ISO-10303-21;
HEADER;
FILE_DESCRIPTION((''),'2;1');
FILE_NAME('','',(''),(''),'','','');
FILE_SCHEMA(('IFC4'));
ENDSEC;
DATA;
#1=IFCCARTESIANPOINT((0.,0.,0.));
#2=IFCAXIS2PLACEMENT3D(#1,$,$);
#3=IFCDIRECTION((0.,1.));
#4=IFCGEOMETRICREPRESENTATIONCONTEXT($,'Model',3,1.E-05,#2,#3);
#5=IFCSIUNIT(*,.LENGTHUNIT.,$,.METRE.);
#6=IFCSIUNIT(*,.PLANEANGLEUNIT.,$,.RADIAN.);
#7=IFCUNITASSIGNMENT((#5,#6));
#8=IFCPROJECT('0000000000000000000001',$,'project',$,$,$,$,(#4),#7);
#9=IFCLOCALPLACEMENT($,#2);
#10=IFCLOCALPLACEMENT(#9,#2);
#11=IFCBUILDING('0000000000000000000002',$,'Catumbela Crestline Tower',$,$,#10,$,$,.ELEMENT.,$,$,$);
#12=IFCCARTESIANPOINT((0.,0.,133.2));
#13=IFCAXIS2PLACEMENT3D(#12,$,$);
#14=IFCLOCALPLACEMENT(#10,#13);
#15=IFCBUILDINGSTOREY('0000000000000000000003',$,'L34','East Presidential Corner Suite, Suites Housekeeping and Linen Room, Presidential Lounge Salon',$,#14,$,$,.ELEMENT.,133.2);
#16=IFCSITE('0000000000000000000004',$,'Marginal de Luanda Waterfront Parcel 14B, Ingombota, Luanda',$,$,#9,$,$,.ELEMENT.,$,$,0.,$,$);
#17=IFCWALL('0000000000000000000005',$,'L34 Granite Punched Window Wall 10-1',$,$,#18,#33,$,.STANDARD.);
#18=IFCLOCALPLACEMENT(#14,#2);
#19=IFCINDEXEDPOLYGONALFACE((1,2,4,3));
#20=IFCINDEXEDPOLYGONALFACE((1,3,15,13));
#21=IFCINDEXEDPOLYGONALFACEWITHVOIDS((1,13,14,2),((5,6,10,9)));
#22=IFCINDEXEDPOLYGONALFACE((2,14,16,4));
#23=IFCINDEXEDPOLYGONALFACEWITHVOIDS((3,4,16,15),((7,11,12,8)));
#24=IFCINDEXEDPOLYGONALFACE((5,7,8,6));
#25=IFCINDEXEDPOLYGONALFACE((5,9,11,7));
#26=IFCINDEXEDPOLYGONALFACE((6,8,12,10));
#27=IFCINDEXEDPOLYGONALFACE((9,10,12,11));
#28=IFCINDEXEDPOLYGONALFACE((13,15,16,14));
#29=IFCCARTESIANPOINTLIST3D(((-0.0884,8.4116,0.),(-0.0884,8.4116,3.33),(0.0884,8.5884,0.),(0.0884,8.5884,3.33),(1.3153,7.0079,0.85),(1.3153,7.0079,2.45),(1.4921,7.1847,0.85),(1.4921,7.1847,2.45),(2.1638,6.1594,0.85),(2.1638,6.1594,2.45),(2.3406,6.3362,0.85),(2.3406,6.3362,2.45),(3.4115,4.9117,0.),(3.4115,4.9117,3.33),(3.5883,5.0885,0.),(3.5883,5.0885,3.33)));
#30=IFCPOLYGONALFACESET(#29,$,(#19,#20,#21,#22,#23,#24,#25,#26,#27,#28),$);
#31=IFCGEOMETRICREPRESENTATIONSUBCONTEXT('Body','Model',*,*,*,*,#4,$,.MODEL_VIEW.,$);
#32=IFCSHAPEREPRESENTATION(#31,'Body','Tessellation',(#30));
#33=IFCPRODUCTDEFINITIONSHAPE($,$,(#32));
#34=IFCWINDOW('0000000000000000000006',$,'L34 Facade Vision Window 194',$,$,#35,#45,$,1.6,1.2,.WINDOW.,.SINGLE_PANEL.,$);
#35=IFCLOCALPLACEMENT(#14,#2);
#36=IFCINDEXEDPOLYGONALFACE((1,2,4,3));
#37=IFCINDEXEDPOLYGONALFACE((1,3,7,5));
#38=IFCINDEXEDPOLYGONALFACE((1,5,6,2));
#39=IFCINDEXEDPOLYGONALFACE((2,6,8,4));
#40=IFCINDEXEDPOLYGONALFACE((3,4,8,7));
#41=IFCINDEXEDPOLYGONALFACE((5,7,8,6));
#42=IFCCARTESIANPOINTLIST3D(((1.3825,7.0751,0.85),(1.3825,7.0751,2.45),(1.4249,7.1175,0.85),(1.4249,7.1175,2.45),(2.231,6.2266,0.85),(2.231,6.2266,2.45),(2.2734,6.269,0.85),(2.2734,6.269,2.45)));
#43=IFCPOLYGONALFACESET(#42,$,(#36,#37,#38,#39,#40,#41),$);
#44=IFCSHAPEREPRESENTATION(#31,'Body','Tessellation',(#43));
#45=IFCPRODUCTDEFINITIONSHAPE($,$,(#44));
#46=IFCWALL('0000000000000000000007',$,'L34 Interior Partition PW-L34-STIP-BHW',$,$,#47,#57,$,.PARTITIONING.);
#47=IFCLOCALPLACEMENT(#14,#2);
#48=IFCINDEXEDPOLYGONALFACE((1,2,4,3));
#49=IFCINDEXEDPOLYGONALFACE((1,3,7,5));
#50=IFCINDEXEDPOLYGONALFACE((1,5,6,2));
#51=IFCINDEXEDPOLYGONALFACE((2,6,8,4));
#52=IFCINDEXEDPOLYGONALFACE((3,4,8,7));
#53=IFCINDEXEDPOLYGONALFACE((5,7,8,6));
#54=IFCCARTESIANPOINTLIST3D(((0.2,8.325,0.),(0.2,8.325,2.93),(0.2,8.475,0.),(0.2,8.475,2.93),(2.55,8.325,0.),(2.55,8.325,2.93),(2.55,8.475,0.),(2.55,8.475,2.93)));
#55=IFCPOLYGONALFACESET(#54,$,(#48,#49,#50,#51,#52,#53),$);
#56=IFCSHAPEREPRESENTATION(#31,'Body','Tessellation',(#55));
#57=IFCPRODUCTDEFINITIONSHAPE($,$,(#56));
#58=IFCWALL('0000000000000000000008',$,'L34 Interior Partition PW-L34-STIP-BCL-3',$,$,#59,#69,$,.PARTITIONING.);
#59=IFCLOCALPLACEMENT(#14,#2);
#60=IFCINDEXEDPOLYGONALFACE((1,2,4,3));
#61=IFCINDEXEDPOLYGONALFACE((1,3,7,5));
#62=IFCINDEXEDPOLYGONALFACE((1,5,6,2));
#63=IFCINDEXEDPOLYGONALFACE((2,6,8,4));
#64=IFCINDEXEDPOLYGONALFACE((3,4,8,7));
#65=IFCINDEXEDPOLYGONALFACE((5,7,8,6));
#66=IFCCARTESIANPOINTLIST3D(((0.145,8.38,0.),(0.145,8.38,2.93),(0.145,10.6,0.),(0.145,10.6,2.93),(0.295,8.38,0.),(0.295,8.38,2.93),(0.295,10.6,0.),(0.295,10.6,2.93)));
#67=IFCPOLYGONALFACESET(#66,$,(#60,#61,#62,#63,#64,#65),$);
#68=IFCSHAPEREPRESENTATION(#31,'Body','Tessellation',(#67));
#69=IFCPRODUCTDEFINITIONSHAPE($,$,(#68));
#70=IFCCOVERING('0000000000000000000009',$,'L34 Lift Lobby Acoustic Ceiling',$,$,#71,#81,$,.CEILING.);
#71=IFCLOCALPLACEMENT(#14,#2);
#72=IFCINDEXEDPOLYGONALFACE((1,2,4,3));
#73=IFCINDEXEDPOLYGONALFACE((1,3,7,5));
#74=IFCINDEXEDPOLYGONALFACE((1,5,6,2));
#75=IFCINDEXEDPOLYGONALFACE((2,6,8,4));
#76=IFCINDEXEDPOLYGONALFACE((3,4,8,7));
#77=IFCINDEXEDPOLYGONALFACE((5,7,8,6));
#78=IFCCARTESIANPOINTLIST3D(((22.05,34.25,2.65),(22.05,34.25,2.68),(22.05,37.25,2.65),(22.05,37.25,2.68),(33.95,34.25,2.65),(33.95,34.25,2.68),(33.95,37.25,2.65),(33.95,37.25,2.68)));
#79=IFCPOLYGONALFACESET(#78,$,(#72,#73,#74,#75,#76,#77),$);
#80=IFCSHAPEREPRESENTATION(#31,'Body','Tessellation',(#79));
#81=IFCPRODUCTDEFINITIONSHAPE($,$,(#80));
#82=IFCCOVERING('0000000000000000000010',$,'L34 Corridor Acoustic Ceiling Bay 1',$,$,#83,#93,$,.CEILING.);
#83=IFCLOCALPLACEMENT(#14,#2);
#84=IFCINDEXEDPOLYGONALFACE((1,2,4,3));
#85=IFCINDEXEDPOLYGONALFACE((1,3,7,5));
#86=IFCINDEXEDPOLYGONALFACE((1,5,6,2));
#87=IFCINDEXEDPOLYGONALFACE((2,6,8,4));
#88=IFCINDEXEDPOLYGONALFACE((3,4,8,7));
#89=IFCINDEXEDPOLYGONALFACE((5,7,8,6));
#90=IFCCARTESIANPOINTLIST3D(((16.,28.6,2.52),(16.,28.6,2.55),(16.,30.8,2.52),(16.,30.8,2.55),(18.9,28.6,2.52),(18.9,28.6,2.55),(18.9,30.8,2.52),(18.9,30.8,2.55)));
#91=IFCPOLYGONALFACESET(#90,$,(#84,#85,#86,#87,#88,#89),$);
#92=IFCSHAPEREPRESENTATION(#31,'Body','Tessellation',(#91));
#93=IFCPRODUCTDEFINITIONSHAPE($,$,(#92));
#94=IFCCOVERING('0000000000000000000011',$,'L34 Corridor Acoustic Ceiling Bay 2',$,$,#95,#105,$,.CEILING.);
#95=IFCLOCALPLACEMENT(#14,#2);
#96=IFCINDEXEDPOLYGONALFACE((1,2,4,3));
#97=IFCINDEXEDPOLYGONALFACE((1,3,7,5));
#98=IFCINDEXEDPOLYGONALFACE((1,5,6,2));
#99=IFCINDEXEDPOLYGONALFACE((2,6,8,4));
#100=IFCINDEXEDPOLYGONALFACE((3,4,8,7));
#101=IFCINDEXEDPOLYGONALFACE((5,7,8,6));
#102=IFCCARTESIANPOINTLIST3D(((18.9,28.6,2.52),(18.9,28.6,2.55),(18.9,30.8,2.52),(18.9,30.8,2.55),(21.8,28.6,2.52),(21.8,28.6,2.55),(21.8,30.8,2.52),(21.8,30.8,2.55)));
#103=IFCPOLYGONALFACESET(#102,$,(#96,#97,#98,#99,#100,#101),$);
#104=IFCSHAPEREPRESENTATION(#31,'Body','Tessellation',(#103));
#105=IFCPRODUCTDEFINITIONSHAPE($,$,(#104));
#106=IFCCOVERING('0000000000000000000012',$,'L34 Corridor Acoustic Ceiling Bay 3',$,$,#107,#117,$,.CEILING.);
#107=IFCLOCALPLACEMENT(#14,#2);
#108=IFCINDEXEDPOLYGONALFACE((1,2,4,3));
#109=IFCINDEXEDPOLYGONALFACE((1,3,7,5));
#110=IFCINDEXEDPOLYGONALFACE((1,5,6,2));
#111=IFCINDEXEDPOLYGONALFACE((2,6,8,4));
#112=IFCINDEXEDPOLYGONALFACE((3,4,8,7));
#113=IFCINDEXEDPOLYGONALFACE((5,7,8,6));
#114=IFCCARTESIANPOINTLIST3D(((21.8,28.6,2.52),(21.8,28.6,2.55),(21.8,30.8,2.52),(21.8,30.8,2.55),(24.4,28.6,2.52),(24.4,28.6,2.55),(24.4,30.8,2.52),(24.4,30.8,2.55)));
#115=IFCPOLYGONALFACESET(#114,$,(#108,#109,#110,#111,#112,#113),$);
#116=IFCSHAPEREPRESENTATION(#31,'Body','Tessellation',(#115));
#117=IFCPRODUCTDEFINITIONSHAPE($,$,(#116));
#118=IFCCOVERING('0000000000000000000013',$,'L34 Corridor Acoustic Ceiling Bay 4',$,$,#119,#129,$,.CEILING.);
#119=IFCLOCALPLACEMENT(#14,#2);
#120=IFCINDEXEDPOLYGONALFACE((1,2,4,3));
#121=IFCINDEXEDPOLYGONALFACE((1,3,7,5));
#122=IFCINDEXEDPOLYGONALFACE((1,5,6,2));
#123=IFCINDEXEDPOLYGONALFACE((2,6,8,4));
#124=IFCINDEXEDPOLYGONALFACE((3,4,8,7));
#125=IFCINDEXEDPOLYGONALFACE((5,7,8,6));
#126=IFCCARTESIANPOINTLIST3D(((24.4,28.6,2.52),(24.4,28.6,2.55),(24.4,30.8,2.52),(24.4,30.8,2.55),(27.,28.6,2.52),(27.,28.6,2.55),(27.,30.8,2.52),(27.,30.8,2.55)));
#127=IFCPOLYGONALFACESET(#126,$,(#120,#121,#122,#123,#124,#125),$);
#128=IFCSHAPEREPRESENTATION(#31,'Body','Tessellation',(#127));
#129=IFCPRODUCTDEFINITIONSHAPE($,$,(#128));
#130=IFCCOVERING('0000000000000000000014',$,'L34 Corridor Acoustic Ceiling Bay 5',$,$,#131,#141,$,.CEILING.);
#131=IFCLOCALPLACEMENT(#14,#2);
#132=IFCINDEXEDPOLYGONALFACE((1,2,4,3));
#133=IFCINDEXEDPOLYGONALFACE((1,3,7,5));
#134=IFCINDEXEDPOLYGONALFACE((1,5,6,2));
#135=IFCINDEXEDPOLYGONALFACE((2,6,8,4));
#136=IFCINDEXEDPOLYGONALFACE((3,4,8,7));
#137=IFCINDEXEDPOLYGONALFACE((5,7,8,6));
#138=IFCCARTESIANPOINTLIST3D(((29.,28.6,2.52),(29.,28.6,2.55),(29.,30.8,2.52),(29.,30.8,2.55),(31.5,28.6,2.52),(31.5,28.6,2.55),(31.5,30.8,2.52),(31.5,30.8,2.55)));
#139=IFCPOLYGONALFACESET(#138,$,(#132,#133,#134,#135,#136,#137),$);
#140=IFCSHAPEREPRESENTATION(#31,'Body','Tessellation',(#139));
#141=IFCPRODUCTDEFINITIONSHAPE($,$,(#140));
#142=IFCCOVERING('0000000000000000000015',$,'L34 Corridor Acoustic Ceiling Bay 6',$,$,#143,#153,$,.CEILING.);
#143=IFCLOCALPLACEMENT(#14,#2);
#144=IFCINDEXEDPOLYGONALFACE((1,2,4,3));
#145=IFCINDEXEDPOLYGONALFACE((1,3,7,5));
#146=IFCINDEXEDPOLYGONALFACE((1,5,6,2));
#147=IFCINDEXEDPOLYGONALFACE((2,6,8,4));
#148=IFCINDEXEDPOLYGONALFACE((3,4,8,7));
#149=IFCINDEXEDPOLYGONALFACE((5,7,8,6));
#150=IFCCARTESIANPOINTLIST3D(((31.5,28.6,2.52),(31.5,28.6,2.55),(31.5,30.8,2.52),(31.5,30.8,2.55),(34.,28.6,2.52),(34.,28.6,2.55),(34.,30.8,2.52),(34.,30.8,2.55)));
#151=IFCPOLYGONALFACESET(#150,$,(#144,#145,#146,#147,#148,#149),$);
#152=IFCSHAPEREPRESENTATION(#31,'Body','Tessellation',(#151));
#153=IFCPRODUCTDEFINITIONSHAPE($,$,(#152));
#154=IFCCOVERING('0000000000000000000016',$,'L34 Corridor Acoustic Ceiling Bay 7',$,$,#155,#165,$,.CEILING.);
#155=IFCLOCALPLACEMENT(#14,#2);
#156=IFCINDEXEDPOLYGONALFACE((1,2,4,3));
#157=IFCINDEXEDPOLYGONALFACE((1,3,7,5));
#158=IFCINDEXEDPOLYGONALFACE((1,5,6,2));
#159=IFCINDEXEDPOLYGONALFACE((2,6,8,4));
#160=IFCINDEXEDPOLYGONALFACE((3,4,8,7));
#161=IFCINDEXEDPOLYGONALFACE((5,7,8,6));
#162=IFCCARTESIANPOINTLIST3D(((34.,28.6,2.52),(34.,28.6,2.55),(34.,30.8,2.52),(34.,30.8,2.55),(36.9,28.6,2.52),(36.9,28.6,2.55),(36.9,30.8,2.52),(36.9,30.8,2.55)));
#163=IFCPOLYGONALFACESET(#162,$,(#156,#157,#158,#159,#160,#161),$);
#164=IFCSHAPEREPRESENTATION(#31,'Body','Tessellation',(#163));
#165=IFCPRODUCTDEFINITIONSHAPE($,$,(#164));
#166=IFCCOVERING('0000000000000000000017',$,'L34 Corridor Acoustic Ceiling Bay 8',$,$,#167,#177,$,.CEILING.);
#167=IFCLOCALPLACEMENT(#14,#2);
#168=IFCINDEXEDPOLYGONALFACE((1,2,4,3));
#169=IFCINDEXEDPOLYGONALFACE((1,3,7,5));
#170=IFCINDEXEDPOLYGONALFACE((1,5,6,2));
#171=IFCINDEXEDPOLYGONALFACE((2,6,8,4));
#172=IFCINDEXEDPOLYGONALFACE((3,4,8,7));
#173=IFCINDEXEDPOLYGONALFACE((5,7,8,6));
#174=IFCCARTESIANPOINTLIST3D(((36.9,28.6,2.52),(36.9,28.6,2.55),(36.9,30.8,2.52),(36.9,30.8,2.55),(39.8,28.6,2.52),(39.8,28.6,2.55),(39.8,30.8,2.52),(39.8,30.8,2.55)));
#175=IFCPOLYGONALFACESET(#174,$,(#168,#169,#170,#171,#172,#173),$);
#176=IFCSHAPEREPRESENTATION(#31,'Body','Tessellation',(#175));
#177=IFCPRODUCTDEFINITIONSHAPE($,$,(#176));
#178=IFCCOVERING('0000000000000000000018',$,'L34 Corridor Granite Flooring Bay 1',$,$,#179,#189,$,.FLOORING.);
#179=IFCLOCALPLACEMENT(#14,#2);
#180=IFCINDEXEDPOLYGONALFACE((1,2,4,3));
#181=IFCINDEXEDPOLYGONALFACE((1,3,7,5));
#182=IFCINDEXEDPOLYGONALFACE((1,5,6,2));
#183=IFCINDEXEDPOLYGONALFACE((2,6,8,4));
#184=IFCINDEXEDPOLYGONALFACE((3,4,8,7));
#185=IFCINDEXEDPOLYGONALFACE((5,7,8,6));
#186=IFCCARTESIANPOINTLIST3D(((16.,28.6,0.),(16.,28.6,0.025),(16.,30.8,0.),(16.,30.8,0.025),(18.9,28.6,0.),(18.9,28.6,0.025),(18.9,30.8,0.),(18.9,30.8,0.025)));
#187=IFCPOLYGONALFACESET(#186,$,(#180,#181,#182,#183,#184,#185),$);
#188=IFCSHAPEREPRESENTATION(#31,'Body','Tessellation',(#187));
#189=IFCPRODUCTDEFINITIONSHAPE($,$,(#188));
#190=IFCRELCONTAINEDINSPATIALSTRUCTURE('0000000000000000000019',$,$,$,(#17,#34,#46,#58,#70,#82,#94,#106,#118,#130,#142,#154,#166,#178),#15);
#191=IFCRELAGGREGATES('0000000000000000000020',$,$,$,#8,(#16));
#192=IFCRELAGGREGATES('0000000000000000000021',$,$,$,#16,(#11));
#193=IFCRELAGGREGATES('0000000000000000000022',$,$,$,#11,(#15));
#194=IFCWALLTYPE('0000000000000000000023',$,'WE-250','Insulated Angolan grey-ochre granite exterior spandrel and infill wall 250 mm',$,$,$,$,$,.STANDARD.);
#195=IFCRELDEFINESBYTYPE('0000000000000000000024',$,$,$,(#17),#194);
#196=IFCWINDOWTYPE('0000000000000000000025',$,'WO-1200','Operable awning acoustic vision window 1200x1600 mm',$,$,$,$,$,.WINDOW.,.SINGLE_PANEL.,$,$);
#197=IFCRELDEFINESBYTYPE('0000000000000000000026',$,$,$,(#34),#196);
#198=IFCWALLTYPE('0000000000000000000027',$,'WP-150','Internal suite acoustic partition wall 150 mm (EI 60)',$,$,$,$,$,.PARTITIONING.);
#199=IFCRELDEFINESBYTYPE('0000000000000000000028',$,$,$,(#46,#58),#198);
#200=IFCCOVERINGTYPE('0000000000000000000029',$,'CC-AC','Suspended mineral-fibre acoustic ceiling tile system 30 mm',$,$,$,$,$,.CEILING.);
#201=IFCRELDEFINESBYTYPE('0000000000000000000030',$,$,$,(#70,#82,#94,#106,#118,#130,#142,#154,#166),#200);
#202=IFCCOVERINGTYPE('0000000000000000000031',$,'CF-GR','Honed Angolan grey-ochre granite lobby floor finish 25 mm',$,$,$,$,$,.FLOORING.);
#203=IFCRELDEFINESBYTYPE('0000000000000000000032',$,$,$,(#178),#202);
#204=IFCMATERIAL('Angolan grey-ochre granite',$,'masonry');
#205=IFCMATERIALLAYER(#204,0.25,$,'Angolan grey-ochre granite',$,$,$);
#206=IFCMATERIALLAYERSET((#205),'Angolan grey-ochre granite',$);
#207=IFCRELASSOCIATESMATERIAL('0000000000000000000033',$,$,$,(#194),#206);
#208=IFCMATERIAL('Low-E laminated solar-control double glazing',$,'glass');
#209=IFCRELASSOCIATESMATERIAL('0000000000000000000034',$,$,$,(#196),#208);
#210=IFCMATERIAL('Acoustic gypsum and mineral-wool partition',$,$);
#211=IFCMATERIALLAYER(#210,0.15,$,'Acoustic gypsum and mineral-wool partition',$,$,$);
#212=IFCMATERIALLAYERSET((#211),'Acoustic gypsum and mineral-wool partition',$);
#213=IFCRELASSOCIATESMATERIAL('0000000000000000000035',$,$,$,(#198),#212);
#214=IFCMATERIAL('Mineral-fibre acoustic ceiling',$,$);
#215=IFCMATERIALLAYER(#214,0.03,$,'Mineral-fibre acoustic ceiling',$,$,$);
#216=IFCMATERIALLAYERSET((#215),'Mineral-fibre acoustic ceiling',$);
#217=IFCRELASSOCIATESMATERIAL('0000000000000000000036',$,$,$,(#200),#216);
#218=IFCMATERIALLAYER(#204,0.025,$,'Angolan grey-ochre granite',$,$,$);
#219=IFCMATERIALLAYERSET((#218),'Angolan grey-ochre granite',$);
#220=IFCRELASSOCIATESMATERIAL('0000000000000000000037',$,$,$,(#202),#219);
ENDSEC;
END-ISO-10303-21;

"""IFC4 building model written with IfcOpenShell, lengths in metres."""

from ifc_helpers import new_model, si_unit, direction, frame, frame_2d, origin, place, context, subcontext, project, spatial, polyline, rectangle, outline, extrude, material, layer, layer_set, type_object, element, fill, save


model = new_model("IFC4")

# Units and contexts
model_context = context("Model", 3, precision=1e-05, world=origin(), true_north=direction((0.0, 1.0)))
body_context = subcontext(model_context, "Body", "Model", "MODEL_VIEW")
ifc_project = project(units=[si_unit("LENGTHUNIT", "METRE"), si_unit("PLANEANGLEUNIT", "RADIAN")], contexts=[model_context])

# Site, building, storey
site_placement = place(None, origin())
site = spatial("IfcSite", under=ifc_project, at=site_placement, Name="Marginal de Luanda Waterfront Parcel 14B, Ingombota, Luanda", CompositionType="ELEMENT", RefElevation=0.0)
building_placement = place(site_placement, origin())
building = spatial("IfcBuilding", under=site, at=building_placement, Name="Catumbela Crestline Tower", CompositionType="ELEMENT")
storey_placement = place(building_placement, frame((0.0, 0.0, 133.2)))
storey = spatial("IfcBuildingStorey", under=building, at=storey_placement, Name="L34", Description="East Presidential Corner Suite, Suites Housekeeping and Linen Room, Presidential Lounge Salon", CompositionType="ELEMENT", Elevation=133.2)

# Wall, opening, window
ifc_material_1 = material(Name="Angolan grey-ochre granite", Category="masonry")
ifc_layer_1 = layer(ifc_material_1, 0.25, Name="Angolan grey-ochre granite")
ifc_layer_set_1 = layer_set([ifc_layer_1], Name="Angolan grey-ochre granite")
wall_type_1 = type_object("IfcWallType", Name="WE-250", Description="Insulated Angolan grey-ochre granite exterior spandrel and infill wall 250 mm", PredefinedType="STANDARD", material=ifc_layer_set_1)
wall_1_placement = place(storey_placement, frame((0.0, 8.5, 0.0), z_axis=(0.0, 0.0, 1.0), x_axis=(0.707107, -0.707107, 0.0)))
wall_1 = element("IfcWall", 1, at=wall_1_placement, inside=storey, type_object=wall_type_1, Name="L34 Granite Punched Window Wall 10-1", PredefinedType="STANDARD", context=body_context, shape_type="SweptSolid", body=[
    extrude(rectangle(XDim=4.9497, YDim=0.25, at=frame_2d((2.4748, 0.0))), origin(), (0.0, 0.0, 1.0), 3.33),
])
opening_placement = place(wall_1_placement, frame((1.9851, 0.0, 0.85)))
opening = element("IfcOpeningElement", 2, at=opening_placement, cuts=wall_1, PredefinedType="OPENING", context=body_context, shape_type="SweptSolid", body=[
    extrude(rectangle(XDim=1.2, YDim=1.6, at=frame_2d((0.6, 0.8))), frame((0.0, 0.135, 0.0), z_axis=(0.0, -1.0, 0.0), x_axis=(1.0, 0.0, 0.0)), (0.0, 0.0, 1.0), 0.27),
])
ifc_material_2 = material(Name="Low-E laminated solar-control double glazing", Category="glass")
window_type = type_object("IfcWindowType", Name="WO-1200", Description="Operable awning acoustic vision window 1200x1600 mm", PartitioningType="SINGLE_PANEL", PredefinedType="WINDOW", material=ifc_material_2)
window_placement = place(opening_placement, origin())
window = element("IfcWindow", 3, at=window_placement, inside=storey, type_object=window_type, Name="L34 Facade Vision Window 194", OverallHeight=1.6, OverallWidth=1.2, PartitioningType="SINGLE_PANEL", PredefinedType="WINDOW", context=body_context, shape_type="SweptSolid", body=[
    extrude(rectangle(XDim=1.2, YDim=1.6, at=frame_2d((0.6, 0.8))), frame((0.0, 0.03, 0.0), z_axis=(0.0, -1.0, 0.0), x_axis=(1.0, 0.0, 0.0)), (0.0, 0.0, 1.0), 0.06),
])
fill(opening, window)

# Walls
ifc_material_3 = material(Name="Acoustic gypsum and mineral-wool partition")
ifc_layer_2 = layer(ifc_material_3, 0.15, Name="Acoustic gypsum and mineral-wool partition")
ifc_layer_set_2 = layer_set([ifc_layer_2], Name="Acoustic gypsum and mineral-wool partition")
wall_type_2 = type_object("IfcWallType", Name="WP-150", Description="Internal suite acoustic partition wall 150 mm (EI 60)", PredefinedType="PARTITIONING", material=ifc_layer_set_2)
wall_2_placement = place(storey_placement, frame((0.2, 8.4, 0.0), z_axis=(0.0, 0.0, 1.0), x_axis=(1.0, 0.0, 0.0)))
element("IfcWall", 4, at=wall_2_placement, inside=storey, type_object=wall_type_2, Name="L34 Interior Partition PW-L34-STIP-BHW", PredefinedType="PARTITIONING", context=body_context, shape_type="SweptSolid", body=[
    extrude(rectangle(XDim=2.35, YDim=0.15, at=frame_2d((1.175, 0.0))), origin(), (0.0, 0.0, 1.0), 2.93),
])
wall_3_placement = place(storey_placement, frame((0.22, 8.38, 0.0), z_axis=(0.0, 0.0, 1.0), x_axis=(0.0, 1.0, 0.0)))
element("IfcWall", 5, at=wall_3_placement, inside=storey, type_object=wall_type_2, Name="L34 Interior Partition PW-L34-STIP-BCL-3", PredefinedType="PARTITIONING", context=body_context, shape_type="SweptSolid", body=[
    extrude(rectangle(XDim=2.22, YDim=0.15, at=frame_2d((1.11, 0.0))), origin(), (0.0, 0.0, 1.0), 2.93),
])

# Coverings
ifc_material_4 = material(Name="Mineral-fibre acoustic ceiling")
ifc_layer_3 = layer(ifc_material_4, 0.03, Name="Mineral-fibre acoustic ceiling")
ifc_layer_set_3 = layer_set([ifc_layer_3], Name="Mineral-fibre acoustic ceiling")
covering_type_1 = type_object("IfcCoveringType", Name="CC-AC", Description="Suspended mineral-fibre acoustic ceiling tile system 30 mm", PredefinedType="CEILING", material=ifc_layer_set_3)
covering_1_placement = place(storey_placement, frame((0.0, 0.0, 2.65)))
element("IfcCovering", 6, at=covering_1_placement, inside=storey, type_object=covering_type_1, Name="L34 Lift Lobby Acoustic Ceiling", PredefinedType="CEILING", context=body_context, shape_type="SweptSolid", body=[
    extrude(outline(polyline([(22.05, 34.25), (33.95, 34.25), (33.95, 37.25), (22.05, 37.25), (22.05, 34.25)])), origin(), (0.0, 0.0, 1.0), 0.03),
])
covering_2_placement = place(storey_placement, frame((0.0, 0.0, 2.52)))
element("IfcCovering", 7, at=covering_2_placement, inside=storey, type_object=covering_type_1, Name="L34 Corridor Acoustic Ceiling Bay 1", PredefinedType="CEILING", context=body_context, shape_type="SweptSolid", body=[
    extrude(outline(polyline([(16.0, 28.6), (18.9, 28.6), (18.9, 30.8), (16.0, 30.8), (16.0, 28.6)])), origin(), (0.0, 0.0, 1.0), 0.03),
])
covering_3_placement = place(storey_placement, frame((0.0, 0.0, 2.52)))
element("IfcCovering", 8, at=covering_3_placement, inside=storey, type_object=covering_type_1, Name="L34 Corridor Acoustic Ceiling Bay 2", PredefinedType="CEILING", context=body_context, shape_type="SweptSolid", body=[
    extrude(outline(polyline([(18.9, 28.6), (21.8, 28.6), (21.8, 30.8), (18.9, 30.8), (18.9, 28.6)])), origin(), (0.0, 0.0, 1.0), 0.03),
])
covering_4_placement = place(storey_placement, frame((0.0, 0.0, 2.52)))
element("IfcCovering", 9, at=covering_4_placement, inside=storey, type_object=covering_type_1, Name="L34 Corridor Acoustic Ceiling Bay 3", PredefinedType="CEILING", context=body_context, shape_type="SweptSolid", body=[
    extrude(outline(polyline([(21.8, 28.6), (24.4, 28.6), (24.4, 30.8), (21.8, 30.8), (21.8, 28.6)])), origin(), (0.0, 0.0, 1.0), 0.03),
])
covering_5_placement = place(storey_placement, frame((0.0, 0.0, 2.52)))
element("IfcCovering", 10, at=covering_5_placement, inside=storey, type_object=covering_type_1, Name="L34 Corridor Acoustic Ceiling Bay 4", PredefinedType="CEILING", context=body_context, shape_type="SweptSolid", body=[
    extrude(outline(polyline([(24.4, 28.6), (27.0, 28.6), (27.0, 30.8), (24.4, 30.8), (24.4, 28.6)])), origin(), (0.0, 0.0, 1.0), 0.03),
])
covering_6_placement = place(storey_placement, frame((0.0, 0.0, 2.52)))
element("IfcCovering", 11, at=covering_6_placement, inside=storey, type_object=covering_type_1, Name="L34 Corridor Acoustic Ceiling Bay 5", PredefinedType="CEILING", context=body_context, shape_type="SweptSolid", body=[
    extrude(outline(polyline([(29.0, 28.6), (31.5, 28.6), (31.5, 30.8), (29.0, 30.8), (29.0, 28.6)])), origin(), (0.0, 0.0, 1.0), 0.03),
])
covering_7_placement = place(storey_placement, frame((0.0, 0.0, 2.52)))
element("IfcCovering", 12, at=covering_7_placement, inside=storey, type_object=covering_type_1, Name="L34 Corridor Acoustic Ceiling Bay 6", PredefinedType="CEILING", context=body_context, shape_type="SweptSolid", body=[
    extrude(outline(polyline([(31.5, 28.6), (34.0, 28.6), (34.0, 30.8), (31.5, 30.8), (31.5, 28.6)])), origin(), (0.0, 0.0, 1.0), 0.03),
])
covering_8_placement = place(storey_placement, frame((0.0, 0.0, 2.52)))
element("IfcCovering", 13, at=covering_8_placement, inside=storey, type_object=covering_type_1, Name="L34 Corridor Acoustic Ceiling Bay 7", PredefinedType="CEILING", context=body_context, shape_type="SweptSolid", body=[
    extrude(outline(polyline([(34.0, 28.6), (36.9, 28.6), (36.9, 30.8), (34.0, 30.8), (34.0, 28.6)])), origin(), (0.0, 0.0, 1.0), 0.03),
])
covering_9_placement = place(storey_placement, frame((0.0, 0.0, 2.52)))
element("IfcCovering", 14, at=covering_9_placement, inside=storey, type_object=covering_type_1, Name="L34 Corridor Acoustic Ceiling Bay 8", PredefinedType="CEILING", context=body_context, shape_type="SweptSolid", body=[
    extrude(outline(polyline([(36.9, 28.6), (39.8, 28.6), (39.8, 30.8), (36.9, 30.8), (36.9, 28.6)])), origin(), (0.0, 0.0, 1.0), 0.03),
])
ifc_layer_4 = layer(ifc_material_1, 0.025, Name="Angolan grey-ochre granite")
ifc_layer_set_4 = layer_set([ifc_layer_4], Name="Angolan grey-ochre granite")
covering_type_2 = type_object("IfcCoveringType", Name="CF-GR", Description="Honed Angolan grey-ochre granite lobby floor finish 25 mm", PredefinedType="FLOORING", material=ifc_layer_set_4)
covering_10_placement = place(storey_placement, origin())
element("IfcCovering", 15, at=covering_10_placement, inside=storey, type_object=covering_type_2, Name="L34 Corridor Granite Flooring Bay 1", PredefinedType="FLOORING", context=body_context, shape_type="SweptSolid", body=[
    extrude(outline(polyline([(16.0, 28.6), (18.9, 28.6), (18.9, 30.8), (16.0, 30.8), (16.0, 28.6)])), origin(), (0.0, 0.0, 1.0), 0.025),
])

save(model, "model.ifc")
